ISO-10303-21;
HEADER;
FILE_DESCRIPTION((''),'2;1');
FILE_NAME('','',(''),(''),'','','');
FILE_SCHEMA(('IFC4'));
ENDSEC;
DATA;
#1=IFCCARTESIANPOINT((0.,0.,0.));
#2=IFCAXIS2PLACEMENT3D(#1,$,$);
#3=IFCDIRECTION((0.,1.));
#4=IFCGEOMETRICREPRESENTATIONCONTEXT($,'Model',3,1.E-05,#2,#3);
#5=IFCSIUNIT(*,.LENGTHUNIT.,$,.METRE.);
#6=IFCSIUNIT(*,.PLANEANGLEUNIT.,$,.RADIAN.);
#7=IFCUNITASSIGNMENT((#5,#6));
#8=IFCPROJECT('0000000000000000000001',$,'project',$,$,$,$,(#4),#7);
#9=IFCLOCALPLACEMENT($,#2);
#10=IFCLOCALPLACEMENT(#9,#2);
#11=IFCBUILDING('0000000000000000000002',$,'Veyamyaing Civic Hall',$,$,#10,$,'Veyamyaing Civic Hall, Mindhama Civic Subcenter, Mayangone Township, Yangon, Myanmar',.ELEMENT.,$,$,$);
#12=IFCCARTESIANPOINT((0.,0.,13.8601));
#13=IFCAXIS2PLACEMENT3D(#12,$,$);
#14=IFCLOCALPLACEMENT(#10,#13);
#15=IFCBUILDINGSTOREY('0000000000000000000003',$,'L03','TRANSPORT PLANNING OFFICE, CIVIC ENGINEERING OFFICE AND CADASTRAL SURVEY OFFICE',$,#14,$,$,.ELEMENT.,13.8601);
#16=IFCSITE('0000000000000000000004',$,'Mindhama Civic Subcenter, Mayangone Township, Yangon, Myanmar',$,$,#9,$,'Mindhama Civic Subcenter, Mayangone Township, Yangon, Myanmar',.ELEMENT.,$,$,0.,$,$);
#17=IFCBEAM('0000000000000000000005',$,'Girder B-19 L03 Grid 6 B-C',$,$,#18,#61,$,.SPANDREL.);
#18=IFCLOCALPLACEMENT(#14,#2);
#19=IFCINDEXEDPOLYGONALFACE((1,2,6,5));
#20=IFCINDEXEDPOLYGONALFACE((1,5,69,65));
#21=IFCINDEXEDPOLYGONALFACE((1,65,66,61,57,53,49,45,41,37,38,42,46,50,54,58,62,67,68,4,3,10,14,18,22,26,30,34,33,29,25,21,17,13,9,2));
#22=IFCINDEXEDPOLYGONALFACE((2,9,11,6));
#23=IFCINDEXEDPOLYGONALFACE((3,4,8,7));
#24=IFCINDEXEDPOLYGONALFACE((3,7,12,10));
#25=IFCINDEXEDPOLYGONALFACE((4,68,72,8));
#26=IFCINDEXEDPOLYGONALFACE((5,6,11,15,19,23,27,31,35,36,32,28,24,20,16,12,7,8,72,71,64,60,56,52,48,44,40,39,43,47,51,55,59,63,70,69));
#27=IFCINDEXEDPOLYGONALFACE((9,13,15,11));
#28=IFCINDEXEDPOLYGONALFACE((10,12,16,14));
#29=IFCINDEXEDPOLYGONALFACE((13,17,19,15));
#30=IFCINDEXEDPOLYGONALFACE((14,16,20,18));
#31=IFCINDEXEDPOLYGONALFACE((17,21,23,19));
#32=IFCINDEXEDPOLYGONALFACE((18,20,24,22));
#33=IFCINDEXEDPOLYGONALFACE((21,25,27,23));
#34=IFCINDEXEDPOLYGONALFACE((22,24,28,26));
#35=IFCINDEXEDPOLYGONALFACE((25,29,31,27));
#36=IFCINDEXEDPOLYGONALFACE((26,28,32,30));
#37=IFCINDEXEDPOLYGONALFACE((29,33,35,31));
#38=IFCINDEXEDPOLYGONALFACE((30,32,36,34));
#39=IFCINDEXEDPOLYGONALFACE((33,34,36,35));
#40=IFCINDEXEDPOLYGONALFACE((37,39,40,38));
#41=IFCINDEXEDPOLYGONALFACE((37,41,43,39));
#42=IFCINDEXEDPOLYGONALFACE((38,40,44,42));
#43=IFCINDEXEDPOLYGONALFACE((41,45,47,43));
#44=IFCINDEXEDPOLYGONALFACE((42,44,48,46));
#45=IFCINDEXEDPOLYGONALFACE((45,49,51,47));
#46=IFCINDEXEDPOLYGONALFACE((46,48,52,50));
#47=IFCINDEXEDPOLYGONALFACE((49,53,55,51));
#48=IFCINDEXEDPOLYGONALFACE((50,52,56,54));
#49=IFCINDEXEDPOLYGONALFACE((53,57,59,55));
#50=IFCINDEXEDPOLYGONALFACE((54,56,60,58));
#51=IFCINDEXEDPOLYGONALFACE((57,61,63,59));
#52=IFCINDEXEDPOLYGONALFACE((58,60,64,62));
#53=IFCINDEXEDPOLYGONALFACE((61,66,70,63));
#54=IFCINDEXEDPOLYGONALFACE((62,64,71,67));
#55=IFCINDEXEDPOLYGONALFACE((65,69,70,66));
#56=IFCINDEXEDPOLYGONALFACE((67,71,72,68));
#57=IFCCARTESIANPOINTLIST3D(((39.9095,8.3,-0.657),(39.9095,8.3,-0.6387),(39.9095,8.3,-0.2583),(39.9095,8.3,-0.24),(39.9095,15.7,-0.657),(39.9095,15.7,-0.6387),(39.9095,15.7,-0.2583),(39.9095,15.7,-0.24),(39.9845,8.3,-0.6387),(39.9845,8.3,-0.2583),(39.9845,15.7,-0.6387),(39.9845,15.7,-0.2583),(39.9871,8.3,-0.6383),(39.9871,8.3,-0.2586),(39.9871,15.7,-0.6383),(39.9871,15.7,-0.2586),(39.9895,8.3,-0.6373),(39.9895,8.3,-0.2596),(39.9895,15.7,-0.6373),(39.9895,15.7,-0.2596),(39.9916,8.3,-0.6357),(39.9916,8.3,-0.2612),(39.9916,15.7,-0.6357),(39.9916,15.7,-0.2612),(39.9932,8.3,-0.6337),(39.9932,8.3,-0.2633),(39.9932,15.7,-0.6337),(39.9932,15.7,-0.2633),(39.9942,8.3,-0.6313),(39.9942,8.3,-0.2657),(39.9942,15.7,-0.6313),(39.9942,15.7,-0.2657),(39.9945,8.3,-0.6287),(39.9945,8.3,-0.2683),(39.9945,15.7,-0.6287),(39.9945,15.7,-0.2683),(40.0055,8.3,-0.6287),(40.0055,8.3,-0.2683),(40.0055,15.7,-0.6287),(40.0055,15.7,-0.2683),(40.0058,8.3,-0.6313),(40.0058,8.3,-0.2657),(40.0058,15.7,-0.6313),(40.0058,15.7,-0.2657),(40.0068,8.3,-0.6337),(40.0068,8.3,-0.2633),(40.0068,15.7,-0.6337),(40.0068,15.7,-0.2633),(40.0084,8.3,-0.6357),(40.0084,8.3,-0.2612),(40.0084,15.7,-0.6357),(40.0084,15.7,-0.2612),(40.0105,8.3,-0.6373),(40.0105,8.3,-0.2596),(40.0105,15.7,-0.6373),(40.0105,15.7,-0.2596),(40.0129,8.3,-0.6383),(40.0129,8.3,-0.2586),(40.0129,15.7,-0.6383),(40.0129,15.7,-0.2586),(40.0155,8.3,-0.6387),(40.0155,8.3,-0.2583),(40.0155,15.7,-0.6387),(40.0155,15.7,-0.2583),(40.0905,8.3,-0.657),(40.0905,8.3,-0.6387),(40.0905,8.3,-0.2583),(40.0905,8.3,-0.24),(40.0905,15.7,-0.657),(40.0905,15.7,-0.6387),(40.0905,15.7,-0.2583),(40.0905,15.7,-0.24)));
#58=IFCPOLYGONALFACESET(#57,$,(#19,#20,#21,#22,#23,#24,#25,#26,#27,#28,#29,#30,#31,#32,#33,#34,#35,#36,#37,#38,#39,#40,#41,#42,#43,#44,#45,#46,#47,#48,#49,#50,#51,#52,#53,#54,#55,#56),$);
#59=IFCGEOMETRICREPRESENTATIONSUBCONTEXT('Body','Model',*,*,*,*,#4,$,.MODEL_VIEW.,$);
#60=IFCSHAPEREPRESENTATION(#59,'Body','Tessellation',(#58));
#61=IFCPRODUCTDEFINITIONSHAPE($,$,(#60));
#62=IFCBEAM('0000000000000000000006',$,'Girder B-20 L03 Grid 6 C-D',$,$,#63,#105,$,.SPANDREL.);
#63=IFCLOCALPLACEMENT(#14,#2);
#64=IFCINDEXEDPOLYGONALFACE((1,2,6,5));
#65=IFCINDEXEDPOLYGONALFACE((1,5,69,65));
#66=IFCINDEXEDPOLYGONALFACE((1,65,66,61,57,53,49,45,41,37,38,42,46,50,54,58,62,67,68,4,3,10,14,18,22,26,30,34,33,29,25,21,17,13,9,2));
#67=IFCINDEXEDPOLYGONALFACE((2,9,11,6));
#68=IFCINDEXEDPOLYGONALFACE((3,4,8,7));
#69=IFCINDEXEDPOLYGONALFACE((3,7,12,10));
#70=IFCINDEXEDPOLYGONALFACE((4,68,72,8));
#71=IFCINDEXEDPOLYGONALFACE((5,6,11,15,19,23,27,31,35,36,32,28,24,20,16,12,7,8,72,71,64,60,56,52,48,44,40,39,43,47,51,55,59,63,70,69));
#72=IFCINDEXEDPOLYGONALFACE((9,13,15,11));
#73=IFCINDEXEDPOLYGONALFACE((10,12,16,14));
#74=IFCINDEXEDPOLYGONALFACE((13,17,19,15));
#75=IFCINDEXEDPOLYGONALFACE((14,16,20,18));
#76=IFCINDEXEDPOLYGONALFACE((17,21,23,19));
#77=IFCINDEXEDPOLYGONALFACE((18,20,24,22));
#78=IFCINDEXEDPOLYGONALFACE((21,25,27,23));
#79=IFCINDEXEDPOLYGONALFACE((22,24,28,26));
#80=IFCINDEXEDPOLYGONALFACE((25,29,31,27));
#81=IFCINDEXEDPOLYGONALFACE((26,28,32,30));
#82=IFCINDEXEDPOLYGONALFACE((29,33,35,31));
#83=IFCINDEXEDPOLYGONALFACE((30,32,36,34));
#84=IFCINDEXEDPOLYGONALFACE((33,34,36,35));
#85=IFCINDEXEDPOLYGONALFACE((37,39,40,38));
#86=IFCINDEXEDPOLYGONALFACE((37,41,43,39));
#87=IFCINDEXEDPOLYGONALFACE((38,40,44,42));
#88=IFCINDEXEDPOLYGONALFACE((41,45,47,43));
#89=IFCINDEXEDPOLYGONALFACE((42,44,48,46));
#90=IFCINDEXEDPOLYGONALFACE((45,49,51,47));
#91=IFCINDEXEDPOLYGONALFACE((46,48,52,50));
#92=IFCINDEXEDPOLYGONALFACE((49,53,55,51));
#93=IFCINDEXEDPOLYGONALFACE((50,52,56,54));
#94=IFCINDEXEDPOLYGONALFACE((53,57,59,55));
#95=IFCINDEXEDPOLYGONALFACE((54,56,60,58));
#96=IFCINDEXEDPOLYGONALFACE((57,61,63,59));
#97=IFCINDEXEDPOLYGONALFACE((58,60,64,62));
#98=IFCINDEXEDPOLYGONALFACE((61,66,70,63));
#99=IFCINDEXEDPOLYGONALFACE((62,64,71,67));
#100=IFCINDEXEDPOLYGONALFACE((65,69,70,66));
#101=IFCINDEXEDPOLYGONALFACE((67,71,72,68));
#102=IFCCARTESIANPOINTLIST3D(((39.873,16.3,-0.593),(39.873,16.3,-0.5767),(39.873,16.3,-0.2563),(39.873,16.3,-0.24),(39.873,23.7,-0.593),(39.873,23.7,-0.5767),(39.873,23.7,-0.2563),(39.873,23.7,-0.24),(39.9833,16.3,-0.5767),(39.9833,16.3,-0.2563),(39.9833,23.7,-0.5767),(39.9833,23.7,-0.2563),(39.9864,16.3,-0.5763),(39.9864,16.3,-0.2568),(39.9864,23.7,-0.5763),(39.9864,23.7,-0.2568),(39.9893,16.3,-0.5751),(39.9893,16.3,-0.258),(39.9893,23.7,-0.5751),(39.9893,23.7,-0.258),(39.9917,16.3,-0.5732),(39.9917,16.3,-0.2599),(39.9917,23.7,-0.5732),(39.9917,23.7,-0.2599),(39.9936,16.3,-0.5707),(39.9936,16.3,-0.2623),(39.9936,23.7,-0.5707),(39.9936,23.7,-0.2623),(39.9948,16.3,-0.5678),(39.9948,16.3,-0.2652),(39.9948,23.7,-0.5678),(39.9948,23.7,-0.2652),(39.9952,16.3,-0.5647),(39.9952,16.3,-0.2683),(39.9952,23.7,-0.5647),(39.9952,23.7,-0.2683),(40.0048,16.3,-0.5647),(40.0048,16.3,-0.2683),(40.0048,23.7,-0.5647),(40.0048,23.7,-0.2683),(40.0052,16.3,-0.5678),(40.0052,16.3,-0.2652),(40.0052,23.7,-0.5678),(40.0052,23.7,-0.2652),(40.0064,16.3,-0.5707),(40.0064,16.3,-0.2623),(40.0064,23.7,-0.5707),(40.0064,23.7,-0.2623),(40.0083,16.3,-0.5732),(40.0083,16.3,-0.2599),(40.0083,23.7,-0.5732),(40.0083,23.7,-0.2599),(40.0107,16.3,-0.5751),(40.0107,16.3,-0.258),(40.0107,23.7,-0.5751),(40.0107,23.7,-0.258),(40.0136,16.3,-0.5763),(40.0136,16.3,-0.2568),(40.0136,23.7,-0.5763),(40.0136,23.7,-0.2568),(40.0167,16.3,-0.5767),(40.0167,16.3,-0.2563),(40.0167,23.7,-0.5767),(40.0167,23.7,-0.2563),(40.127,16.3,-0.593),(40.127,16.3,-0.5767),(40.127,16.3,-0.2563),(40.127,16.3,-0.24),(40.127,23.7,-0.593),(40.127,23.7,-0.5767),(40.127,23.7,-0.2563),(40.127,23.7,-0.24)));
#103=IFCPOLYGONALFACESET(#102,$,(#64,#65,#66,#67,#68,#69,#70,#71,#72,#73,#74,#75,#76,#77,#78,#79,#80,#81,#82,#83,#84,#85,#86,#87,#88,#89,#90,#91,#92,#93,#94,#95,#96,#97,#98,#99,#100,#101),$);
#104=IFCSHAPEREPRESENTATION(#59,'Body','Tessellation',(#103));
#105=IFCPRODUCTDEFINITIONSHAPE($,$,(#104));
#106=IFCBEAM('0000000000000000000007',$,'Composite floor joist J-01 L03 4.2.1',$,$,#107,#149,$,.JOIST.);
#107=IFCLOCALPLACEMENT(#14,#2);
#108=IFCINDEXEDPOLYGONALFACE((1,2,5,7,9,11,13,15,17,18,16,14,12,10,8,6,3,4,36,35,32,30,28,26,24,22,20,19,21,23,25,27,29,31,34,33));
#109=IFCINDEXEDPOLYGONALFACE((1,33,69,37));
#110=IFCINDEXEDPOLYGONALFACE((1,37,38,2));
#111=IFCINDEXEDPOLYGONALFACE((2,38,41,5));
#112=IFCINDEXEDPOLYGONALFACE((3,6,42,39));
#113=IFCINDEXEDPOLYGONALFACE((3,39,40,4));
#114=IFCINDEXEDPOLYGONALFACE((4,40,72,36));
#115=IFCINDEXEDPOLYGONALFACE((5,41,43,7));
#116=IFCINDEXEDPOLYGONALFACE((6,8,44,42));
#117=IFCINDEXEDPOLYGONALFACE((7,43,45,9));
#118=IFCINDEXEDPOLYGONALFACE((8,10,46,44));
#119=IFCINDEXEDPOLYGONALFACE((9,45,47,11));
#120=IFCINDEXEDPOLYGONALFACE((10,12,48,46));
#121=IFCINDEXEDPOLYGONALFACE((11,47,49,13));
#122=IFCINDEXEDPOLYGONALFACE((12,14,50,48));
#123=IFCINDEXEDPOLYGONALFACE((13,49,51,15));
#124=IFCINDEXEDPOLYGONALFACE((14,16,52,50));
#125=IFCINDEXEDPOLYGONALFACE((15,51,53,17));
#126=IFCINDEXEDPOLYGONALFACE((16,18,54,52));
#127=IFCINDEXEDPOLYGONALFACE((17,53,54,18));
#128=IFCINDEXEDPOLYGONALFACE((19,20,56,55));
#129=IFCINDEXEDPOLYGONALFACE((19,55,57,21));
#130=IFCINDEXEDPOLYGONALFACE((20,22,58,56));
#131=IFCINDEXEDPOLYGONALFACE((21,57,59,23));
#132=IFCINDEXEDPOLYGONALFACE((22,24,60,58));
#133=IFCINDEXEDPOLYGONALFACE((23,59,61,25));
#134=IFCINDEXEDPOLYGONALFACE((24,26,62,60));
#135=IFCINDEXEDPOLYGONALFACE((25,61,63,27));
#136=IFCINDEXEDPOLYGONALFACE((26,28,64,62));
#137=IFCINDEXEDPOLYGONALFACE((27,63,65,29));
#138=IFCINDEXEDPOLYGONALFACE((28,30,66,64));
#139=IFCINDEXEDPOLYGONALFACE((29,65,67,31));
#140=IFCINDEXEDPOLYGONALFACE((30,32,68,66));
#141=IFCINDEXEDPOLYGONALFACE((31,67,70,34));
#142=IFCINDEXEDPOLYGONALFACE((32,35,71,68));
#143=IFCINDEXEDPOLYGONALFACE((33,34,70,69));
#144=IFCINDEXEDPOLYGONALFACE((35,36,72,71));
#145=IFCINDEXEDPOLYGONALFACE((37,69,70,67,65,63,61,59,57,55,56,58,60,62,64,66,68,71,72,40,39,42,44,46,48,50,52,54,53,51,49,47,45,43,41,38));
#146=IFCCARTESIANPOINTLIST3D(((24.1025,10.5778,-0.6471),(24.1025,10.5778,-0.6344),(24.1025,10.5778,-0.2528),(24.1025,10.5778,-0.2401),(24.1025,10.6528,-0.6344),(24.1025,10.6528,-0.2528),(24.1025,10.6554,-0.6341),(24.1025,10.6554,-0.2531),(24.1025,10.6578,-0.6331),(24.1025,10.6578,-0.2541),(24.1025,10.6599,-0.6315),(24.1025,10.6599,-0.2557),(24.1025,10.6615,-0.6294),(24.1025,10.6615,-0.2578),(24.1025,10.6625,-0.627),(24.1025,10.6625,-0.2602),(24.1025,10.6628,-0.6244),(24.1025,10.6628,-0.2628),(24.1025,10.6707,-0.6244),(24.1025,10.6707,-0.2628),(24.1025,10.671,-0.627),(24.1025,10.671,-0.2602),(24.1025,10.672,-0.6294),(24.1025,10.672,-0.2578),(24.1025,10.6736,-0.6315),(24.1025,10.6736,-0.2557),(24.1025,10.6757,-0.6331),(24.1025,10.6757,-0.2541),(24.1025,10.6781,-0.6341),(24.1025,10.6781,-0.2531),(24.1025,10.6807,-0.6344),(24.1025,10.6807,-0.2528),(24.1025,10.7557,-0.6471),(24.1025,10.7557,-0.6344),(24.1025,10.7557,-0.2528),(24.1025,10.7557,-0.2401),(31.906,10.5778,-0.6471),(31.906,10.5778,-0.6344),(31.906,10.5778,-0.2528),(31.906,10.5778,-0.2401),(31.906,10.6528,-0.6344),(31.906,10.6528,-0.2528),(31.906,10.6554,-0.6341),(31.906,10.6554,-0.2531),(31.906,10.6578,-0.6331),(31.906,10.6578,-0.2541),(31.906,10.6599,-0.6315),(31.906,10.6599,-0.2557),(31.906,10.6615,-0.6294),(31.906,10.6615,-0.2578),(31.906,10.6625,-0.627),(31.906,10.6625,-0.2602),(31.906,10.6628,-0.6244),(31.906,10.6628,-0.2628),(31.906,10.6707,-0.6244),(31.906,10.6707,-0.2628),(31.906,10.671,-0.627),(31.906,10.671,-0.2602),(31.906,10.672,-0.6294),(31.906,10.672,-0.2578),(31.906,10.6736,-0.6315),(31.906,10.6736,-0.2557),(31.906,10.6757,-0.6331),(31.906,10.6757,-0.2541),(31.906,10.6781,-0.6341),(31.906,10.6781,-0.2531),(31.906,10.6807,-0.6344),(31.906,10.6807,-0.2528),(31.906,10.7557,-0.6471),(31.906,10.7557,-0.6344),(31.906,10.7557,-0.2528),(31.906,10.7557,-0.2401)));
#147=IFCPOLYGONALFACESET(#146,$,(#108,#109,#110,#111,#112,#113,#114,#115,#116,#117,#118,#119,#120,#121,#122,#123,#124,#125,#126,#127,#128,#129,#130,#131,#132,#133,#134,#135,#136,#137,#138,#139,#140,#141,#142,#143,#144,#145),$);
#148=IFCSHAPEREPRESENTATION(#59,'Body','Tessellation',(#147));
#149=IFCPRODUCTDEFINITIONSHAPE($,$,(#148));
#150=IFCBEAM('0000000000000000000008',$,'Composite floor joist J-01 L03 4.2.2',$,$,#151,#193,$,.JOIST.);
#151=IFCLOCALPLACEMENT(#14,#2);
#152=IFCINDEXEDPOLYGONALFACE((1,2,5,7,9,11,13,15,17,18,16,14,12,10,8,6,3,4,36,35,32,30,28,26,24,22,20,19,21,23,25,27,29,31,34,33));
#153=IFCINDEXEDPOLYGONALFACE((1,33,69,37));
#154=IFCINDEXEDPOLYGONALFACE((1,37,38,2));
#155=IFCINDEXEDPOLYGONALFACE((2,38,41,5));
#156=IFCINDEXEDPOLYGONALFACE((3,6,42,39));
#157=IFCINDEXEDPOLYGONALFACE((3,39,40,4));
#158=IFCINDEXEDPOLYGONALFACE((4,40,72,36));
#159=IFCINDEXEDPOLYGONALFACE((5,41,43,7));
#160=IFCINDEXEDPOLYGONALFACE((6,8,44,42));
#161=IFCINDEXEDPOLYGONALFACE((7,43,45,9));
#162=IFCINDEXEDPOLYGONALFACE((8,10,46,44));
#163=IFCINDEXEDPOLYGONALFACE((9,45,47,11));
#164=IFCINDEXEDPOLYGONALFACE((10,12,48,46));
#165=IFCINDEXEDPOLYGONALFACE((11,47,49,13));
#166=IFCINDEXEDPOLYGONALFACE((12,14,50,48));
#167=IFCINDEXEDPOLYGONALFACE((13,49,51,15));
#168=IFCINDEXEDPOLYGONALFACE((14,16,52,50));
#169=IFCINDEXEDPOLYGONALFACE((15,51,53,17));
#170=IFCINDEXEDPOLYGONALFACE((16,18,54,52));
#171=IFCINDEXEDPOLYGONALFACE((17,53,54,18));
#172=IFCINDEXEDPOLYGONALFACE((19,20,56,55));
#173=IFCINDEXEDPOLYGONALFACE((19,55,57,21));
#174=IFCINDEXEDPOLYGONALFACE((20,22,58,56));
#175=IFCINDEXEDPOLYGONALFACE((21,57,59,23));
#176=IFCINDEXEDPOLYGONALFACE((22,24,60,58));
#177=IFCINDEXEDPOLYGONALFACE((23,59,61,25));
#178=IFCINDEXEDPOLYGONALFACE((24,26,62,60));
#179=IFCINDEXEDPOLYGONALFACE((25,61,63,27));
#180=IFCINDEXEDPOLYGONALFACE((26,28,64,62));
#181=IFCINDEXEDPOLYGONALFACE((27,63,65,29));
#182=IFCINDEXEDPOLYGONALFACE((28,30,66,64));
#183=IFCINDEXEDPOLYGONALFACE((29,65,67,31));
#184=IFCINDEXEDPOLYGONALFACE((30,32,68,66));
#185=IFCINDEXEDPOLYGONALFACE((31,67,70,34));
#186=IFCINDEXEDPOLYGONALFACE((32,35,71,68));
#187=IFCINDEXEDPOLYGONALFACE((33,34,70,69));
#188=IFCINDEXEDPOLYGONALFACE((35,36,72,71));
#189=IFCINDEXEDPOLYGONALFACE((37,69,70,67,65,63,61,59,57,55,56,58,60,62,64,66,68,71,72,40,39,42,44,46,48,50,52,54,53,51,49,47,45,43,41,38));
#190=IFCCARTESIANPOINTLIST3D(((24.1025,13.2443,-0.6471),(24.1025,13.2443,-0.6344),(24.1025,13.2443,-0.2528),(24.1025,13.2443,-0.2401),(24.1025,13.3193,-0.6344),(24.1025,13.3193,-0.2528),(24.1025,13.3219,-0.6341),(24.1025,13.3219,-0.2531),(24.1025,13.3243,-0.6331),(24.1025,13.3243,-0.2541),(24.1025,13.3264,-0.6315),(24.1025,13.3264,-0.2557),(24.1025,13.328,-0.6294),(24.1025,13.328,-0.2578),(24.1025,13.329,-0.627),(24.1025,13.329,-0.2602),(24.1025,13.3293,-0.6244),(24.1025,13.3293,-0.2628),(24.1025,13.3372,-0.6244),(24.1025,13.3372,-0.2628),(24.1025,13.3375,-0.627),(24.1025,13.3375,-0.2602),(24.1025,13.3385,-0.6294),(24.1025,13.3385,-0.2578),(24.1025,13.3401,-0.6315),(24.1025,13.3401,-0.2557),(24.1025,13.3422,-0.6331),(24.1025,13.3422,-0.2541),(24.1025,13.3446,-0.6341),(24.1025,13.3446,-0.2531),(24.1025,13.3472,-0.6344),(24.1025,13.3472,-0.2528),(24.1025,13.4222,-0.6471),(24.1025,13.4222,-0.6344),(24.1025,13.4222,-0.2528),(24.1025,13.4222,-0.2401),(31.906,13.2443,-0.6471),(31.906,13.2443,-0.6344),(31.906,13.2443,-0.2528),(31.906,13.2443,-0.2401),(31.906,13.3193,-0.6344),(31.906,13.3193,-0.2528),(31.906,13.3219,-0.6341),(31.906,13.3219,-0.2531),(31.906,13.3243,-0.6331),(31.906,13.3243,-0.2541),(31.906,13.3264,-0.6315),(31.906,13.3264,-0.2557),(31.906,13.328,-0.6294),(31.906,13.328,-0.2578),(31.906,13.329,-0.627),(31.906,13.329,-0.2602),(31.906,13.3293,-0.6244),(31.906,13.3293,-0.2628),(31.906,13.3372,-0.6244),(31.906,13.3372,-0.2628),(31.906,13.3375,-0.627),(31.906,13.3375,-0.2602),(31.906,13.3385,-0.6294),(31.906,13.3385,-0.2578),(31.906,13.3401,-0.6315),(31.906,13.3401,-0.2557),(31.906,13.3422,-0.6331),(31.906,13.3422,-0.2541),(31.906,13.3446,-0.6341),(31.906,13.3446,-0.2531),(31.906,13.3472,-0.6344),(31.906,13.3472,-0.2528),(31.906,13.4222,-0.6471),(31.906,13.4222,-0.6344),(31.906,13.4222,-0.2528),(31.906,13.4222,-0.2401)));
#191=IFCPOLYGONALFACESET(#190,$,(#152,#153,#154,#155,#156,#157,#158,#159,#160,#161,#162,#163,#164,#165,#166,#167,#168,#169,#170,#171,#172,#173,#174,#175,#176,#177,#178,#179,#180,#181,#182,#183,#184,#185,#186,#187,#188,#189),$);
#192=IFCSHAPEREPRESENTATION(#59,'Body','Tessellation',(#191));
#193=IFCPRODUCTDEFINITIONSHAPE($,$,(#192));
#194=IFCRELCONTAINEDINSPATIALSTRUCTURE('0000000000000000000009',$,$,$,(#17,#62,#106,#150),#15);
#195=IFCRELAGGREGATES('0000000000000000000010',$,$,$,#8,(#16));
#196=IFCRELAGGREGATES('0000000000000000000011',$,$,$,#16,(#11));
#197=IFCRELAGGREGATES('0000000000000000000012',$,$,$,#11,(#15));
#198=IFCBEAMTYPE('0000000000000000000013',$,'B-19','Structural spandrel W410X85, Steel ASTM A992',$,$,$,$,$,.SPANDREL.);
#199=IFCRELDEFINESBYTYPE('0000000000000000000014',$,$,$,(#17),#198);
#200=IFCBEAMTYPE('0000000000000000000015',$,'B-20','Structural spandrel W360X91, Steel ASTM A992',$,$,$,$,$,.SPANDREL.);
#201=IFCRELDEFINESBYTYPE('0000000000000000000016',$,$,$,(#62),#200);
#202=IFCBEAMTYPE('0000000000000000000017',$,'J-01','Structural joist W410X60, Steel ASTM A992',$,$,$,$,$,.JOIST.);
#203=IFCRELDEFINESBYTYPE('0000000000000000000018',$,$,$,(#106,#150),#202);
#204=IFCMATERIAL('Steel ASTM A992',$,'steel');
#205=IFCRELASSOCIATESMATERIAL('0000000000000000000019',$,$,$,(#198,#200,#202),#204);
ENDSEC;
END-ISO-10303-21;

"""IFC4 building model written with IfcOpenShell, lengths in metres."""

from ifc_helpers import new_model, si_unit, direction, frame, origin, origin_2d, place, context, subcontext, project, spatial, i_section, extrude, material, material_profile, profile_set, type_object, element, save


model = new_model("IFC4")

# Units and contexts
model_context = context("Model", 3, precision=1e-05, world=origin(), true_north=direction((0.0, 1.0)))
body_context = subcontext(model_context, "Body", "Model", "MODEL_VIEW")
ifc_project = project(units=[si_unit("LENGTHUNIT", "METRE"), si_unit("PLANEANGLEUNIT", "RADIAN")], contexts=[model_context])

# Site, building, storey
site_placement = place(None, origin())
site = spatial("IfcSite", under=ifc_project, at=site_placement, Name="Mindhama Civic Subcenter, Mayangone Township, Yangon, Myanmar", LongName="Mindhama Civic Subcenter, Mayangone Township, Yangon, Myanmar", CompositionType="ELEMENT", RefElevation=0.0)
building_placement = place(site_placement, origin())
building = spatial("IfcBuilding", under=site, at=building_placement, Name="Veyamyaing Civic Hall", LongName="Veyamyaing Civic Hall, Mindhama Civic Subcenter, Mayangone Township, Yangon, Myanmar", CompositionType="ELEMENT")
storey_placement = place(building_placement, frame((0.0, 0.0, 13.8601)))
storey = spatial("IfcBuildingStorey", under=building, at=storey_placement, Name="L03", Description="TRANSPORT PLANNING OFFICE, CIVIC ENGINEERING OFFICE AND CADASTRAL SURVEY OFFICE", CompositionType="ELEMENT", Elevation=13.8601)

# Beams
ifc_material_1 = material(Name="Steel ASTM A992", Category="steel")
ifc_material_profile_1 = material_profile(ifc_material_1, i_section(OverallWidth=0.1809, OverallDepth=0.417, WebThickness=0.011, FlangeThickness=0.0183, FilletRadius=0.01, at=origin_2d()), Name="W410X85")
ifc_profile_set_1 = profile_set([ifc_material_profile_1], Name="Steel ASTM A992")
beam_type_1 = type_object("IfcBeamType", Name="B-19", Description="Structural spandrel W410X85, Steel ASTM A992", PredefinedType="SPANDREL", material=ifc_profile_set_1)
beam_1_placement = place(storey_placement, frame((40.0, 8.3, -0.4485), z_axis=(0.0, 1.0, 0.0), x_axis=(-1.0, 0.0, 0.0)))
element("IfcBeam", 1, at=beam_1_placement, inside=storey, type_object=beam_type_1, Name="Girder B-19 L03 Grid 6 B-C", PredefinedType="SPANDREL", context=body_context, shape_type="SweptSolid", body=[
    extrude(i_section(OverallWidth=0.1809, OverallDepth=0.417, WebThickness=0.011, FlangeThickness=0.0183, FilletRadius=0.01, at=origin_2d()), origin(), (0.0, 0.0, 1.0), 7.3999),
])
ifc_material_profile_2 = material_profile(ifc_material_1, i_section(OverallWidth=0.2539, OverallDepth=0.353, WebThickness=0.0095, FlangeThickness=0.0164, FilletRadius=0.012, at=origin_2d()), Name="W360X91")
ifc_profile_set_2 = profile_set([ifc_material_profile_2], Name="Steel ASTM A992")
beam_type_2 = type_object("IfcBeamType", Name="B-20", Description="Structural spandrel W360X91, Steel ASTM A992", PredefinedType="SPANDREL", material=ifc_profile_set_2)
beam_2_placement = place(storey_placement, frame((40.0, 16.3, -0.4165), z_axis=(0.0, 1.0, 0.0), x_axis=(-1.0, 0.0, 0.0)))
element("IfcBeam", 2, at=beam_2_placement, inside=storey, type_object=beam_type_2, Name="Girder B-20 L03 Grid 6 C-D", PredefinedType="SPANDREL", context=body_context, shape_type="SweptSolid", body=[
    extrude(i_section(OverallWidth=0.2539, OverallDepth=0.353, WebThickness=0.0095, FlangeThickness=0.0164, FilletRadius=0.012, at=origin_2d()), origin(), (0.0, 0.0, 1.0), 7.3999),
])
ifc_material_profile_3 = material_profile(ifc_material_1, i_section(OverallWidth=0.178, OverallDepth=0.407, WebThickness=0.0078, FlangeThickness=0.0127, FilletRadius=0.01, at=origin_2d()), Name="W410X60")
ifc_profile_set_3 = profile_set([ifc_material_profile_3], Name="Steel ASTM A992")
beam_type_3 = type_object("IfcBeamType", Name="J-01", Description="Structural joist W410X60, Steel ASTM A992", PredefinedType="JOIST", material=ifc_profile_set_3)
for number, where, z_axis, x_axis, name in (
    (3, (24.1025, 10.6667, -0.4436), (1.0, 0.0, 0.0), (0.0, 1.0, 0.0), "Composite floor joist J-01 L03 4.2.1"),
    (4, (24.1025, 13.3333, -0.4436), (1.0, 0.0, 0.0), (0.0, 1.0, 0.0), "Composite floor joist J-01 L03 4.2.2"),
):
    element("IfcBeam", number, at=place(storey_placement, frame(where, z_axis=z_axis, x_axis=x_axis)), inside=storey, type_object=beam_type_3, Name=name, PredefinedType="JOIST", context=body_context, shape_type="SweptSolid", body=[
        extrude(i_section(OverallWidth=0.178, OverallDepth=0.407, WebThickness=0.0078, FlangeThickness=0.0127, FilletRadius=0.01, at=origin_2d()), origin(), (0.0, 0.0, 1.0), 7.8035),
    ])

save(model, "model.ifc")
